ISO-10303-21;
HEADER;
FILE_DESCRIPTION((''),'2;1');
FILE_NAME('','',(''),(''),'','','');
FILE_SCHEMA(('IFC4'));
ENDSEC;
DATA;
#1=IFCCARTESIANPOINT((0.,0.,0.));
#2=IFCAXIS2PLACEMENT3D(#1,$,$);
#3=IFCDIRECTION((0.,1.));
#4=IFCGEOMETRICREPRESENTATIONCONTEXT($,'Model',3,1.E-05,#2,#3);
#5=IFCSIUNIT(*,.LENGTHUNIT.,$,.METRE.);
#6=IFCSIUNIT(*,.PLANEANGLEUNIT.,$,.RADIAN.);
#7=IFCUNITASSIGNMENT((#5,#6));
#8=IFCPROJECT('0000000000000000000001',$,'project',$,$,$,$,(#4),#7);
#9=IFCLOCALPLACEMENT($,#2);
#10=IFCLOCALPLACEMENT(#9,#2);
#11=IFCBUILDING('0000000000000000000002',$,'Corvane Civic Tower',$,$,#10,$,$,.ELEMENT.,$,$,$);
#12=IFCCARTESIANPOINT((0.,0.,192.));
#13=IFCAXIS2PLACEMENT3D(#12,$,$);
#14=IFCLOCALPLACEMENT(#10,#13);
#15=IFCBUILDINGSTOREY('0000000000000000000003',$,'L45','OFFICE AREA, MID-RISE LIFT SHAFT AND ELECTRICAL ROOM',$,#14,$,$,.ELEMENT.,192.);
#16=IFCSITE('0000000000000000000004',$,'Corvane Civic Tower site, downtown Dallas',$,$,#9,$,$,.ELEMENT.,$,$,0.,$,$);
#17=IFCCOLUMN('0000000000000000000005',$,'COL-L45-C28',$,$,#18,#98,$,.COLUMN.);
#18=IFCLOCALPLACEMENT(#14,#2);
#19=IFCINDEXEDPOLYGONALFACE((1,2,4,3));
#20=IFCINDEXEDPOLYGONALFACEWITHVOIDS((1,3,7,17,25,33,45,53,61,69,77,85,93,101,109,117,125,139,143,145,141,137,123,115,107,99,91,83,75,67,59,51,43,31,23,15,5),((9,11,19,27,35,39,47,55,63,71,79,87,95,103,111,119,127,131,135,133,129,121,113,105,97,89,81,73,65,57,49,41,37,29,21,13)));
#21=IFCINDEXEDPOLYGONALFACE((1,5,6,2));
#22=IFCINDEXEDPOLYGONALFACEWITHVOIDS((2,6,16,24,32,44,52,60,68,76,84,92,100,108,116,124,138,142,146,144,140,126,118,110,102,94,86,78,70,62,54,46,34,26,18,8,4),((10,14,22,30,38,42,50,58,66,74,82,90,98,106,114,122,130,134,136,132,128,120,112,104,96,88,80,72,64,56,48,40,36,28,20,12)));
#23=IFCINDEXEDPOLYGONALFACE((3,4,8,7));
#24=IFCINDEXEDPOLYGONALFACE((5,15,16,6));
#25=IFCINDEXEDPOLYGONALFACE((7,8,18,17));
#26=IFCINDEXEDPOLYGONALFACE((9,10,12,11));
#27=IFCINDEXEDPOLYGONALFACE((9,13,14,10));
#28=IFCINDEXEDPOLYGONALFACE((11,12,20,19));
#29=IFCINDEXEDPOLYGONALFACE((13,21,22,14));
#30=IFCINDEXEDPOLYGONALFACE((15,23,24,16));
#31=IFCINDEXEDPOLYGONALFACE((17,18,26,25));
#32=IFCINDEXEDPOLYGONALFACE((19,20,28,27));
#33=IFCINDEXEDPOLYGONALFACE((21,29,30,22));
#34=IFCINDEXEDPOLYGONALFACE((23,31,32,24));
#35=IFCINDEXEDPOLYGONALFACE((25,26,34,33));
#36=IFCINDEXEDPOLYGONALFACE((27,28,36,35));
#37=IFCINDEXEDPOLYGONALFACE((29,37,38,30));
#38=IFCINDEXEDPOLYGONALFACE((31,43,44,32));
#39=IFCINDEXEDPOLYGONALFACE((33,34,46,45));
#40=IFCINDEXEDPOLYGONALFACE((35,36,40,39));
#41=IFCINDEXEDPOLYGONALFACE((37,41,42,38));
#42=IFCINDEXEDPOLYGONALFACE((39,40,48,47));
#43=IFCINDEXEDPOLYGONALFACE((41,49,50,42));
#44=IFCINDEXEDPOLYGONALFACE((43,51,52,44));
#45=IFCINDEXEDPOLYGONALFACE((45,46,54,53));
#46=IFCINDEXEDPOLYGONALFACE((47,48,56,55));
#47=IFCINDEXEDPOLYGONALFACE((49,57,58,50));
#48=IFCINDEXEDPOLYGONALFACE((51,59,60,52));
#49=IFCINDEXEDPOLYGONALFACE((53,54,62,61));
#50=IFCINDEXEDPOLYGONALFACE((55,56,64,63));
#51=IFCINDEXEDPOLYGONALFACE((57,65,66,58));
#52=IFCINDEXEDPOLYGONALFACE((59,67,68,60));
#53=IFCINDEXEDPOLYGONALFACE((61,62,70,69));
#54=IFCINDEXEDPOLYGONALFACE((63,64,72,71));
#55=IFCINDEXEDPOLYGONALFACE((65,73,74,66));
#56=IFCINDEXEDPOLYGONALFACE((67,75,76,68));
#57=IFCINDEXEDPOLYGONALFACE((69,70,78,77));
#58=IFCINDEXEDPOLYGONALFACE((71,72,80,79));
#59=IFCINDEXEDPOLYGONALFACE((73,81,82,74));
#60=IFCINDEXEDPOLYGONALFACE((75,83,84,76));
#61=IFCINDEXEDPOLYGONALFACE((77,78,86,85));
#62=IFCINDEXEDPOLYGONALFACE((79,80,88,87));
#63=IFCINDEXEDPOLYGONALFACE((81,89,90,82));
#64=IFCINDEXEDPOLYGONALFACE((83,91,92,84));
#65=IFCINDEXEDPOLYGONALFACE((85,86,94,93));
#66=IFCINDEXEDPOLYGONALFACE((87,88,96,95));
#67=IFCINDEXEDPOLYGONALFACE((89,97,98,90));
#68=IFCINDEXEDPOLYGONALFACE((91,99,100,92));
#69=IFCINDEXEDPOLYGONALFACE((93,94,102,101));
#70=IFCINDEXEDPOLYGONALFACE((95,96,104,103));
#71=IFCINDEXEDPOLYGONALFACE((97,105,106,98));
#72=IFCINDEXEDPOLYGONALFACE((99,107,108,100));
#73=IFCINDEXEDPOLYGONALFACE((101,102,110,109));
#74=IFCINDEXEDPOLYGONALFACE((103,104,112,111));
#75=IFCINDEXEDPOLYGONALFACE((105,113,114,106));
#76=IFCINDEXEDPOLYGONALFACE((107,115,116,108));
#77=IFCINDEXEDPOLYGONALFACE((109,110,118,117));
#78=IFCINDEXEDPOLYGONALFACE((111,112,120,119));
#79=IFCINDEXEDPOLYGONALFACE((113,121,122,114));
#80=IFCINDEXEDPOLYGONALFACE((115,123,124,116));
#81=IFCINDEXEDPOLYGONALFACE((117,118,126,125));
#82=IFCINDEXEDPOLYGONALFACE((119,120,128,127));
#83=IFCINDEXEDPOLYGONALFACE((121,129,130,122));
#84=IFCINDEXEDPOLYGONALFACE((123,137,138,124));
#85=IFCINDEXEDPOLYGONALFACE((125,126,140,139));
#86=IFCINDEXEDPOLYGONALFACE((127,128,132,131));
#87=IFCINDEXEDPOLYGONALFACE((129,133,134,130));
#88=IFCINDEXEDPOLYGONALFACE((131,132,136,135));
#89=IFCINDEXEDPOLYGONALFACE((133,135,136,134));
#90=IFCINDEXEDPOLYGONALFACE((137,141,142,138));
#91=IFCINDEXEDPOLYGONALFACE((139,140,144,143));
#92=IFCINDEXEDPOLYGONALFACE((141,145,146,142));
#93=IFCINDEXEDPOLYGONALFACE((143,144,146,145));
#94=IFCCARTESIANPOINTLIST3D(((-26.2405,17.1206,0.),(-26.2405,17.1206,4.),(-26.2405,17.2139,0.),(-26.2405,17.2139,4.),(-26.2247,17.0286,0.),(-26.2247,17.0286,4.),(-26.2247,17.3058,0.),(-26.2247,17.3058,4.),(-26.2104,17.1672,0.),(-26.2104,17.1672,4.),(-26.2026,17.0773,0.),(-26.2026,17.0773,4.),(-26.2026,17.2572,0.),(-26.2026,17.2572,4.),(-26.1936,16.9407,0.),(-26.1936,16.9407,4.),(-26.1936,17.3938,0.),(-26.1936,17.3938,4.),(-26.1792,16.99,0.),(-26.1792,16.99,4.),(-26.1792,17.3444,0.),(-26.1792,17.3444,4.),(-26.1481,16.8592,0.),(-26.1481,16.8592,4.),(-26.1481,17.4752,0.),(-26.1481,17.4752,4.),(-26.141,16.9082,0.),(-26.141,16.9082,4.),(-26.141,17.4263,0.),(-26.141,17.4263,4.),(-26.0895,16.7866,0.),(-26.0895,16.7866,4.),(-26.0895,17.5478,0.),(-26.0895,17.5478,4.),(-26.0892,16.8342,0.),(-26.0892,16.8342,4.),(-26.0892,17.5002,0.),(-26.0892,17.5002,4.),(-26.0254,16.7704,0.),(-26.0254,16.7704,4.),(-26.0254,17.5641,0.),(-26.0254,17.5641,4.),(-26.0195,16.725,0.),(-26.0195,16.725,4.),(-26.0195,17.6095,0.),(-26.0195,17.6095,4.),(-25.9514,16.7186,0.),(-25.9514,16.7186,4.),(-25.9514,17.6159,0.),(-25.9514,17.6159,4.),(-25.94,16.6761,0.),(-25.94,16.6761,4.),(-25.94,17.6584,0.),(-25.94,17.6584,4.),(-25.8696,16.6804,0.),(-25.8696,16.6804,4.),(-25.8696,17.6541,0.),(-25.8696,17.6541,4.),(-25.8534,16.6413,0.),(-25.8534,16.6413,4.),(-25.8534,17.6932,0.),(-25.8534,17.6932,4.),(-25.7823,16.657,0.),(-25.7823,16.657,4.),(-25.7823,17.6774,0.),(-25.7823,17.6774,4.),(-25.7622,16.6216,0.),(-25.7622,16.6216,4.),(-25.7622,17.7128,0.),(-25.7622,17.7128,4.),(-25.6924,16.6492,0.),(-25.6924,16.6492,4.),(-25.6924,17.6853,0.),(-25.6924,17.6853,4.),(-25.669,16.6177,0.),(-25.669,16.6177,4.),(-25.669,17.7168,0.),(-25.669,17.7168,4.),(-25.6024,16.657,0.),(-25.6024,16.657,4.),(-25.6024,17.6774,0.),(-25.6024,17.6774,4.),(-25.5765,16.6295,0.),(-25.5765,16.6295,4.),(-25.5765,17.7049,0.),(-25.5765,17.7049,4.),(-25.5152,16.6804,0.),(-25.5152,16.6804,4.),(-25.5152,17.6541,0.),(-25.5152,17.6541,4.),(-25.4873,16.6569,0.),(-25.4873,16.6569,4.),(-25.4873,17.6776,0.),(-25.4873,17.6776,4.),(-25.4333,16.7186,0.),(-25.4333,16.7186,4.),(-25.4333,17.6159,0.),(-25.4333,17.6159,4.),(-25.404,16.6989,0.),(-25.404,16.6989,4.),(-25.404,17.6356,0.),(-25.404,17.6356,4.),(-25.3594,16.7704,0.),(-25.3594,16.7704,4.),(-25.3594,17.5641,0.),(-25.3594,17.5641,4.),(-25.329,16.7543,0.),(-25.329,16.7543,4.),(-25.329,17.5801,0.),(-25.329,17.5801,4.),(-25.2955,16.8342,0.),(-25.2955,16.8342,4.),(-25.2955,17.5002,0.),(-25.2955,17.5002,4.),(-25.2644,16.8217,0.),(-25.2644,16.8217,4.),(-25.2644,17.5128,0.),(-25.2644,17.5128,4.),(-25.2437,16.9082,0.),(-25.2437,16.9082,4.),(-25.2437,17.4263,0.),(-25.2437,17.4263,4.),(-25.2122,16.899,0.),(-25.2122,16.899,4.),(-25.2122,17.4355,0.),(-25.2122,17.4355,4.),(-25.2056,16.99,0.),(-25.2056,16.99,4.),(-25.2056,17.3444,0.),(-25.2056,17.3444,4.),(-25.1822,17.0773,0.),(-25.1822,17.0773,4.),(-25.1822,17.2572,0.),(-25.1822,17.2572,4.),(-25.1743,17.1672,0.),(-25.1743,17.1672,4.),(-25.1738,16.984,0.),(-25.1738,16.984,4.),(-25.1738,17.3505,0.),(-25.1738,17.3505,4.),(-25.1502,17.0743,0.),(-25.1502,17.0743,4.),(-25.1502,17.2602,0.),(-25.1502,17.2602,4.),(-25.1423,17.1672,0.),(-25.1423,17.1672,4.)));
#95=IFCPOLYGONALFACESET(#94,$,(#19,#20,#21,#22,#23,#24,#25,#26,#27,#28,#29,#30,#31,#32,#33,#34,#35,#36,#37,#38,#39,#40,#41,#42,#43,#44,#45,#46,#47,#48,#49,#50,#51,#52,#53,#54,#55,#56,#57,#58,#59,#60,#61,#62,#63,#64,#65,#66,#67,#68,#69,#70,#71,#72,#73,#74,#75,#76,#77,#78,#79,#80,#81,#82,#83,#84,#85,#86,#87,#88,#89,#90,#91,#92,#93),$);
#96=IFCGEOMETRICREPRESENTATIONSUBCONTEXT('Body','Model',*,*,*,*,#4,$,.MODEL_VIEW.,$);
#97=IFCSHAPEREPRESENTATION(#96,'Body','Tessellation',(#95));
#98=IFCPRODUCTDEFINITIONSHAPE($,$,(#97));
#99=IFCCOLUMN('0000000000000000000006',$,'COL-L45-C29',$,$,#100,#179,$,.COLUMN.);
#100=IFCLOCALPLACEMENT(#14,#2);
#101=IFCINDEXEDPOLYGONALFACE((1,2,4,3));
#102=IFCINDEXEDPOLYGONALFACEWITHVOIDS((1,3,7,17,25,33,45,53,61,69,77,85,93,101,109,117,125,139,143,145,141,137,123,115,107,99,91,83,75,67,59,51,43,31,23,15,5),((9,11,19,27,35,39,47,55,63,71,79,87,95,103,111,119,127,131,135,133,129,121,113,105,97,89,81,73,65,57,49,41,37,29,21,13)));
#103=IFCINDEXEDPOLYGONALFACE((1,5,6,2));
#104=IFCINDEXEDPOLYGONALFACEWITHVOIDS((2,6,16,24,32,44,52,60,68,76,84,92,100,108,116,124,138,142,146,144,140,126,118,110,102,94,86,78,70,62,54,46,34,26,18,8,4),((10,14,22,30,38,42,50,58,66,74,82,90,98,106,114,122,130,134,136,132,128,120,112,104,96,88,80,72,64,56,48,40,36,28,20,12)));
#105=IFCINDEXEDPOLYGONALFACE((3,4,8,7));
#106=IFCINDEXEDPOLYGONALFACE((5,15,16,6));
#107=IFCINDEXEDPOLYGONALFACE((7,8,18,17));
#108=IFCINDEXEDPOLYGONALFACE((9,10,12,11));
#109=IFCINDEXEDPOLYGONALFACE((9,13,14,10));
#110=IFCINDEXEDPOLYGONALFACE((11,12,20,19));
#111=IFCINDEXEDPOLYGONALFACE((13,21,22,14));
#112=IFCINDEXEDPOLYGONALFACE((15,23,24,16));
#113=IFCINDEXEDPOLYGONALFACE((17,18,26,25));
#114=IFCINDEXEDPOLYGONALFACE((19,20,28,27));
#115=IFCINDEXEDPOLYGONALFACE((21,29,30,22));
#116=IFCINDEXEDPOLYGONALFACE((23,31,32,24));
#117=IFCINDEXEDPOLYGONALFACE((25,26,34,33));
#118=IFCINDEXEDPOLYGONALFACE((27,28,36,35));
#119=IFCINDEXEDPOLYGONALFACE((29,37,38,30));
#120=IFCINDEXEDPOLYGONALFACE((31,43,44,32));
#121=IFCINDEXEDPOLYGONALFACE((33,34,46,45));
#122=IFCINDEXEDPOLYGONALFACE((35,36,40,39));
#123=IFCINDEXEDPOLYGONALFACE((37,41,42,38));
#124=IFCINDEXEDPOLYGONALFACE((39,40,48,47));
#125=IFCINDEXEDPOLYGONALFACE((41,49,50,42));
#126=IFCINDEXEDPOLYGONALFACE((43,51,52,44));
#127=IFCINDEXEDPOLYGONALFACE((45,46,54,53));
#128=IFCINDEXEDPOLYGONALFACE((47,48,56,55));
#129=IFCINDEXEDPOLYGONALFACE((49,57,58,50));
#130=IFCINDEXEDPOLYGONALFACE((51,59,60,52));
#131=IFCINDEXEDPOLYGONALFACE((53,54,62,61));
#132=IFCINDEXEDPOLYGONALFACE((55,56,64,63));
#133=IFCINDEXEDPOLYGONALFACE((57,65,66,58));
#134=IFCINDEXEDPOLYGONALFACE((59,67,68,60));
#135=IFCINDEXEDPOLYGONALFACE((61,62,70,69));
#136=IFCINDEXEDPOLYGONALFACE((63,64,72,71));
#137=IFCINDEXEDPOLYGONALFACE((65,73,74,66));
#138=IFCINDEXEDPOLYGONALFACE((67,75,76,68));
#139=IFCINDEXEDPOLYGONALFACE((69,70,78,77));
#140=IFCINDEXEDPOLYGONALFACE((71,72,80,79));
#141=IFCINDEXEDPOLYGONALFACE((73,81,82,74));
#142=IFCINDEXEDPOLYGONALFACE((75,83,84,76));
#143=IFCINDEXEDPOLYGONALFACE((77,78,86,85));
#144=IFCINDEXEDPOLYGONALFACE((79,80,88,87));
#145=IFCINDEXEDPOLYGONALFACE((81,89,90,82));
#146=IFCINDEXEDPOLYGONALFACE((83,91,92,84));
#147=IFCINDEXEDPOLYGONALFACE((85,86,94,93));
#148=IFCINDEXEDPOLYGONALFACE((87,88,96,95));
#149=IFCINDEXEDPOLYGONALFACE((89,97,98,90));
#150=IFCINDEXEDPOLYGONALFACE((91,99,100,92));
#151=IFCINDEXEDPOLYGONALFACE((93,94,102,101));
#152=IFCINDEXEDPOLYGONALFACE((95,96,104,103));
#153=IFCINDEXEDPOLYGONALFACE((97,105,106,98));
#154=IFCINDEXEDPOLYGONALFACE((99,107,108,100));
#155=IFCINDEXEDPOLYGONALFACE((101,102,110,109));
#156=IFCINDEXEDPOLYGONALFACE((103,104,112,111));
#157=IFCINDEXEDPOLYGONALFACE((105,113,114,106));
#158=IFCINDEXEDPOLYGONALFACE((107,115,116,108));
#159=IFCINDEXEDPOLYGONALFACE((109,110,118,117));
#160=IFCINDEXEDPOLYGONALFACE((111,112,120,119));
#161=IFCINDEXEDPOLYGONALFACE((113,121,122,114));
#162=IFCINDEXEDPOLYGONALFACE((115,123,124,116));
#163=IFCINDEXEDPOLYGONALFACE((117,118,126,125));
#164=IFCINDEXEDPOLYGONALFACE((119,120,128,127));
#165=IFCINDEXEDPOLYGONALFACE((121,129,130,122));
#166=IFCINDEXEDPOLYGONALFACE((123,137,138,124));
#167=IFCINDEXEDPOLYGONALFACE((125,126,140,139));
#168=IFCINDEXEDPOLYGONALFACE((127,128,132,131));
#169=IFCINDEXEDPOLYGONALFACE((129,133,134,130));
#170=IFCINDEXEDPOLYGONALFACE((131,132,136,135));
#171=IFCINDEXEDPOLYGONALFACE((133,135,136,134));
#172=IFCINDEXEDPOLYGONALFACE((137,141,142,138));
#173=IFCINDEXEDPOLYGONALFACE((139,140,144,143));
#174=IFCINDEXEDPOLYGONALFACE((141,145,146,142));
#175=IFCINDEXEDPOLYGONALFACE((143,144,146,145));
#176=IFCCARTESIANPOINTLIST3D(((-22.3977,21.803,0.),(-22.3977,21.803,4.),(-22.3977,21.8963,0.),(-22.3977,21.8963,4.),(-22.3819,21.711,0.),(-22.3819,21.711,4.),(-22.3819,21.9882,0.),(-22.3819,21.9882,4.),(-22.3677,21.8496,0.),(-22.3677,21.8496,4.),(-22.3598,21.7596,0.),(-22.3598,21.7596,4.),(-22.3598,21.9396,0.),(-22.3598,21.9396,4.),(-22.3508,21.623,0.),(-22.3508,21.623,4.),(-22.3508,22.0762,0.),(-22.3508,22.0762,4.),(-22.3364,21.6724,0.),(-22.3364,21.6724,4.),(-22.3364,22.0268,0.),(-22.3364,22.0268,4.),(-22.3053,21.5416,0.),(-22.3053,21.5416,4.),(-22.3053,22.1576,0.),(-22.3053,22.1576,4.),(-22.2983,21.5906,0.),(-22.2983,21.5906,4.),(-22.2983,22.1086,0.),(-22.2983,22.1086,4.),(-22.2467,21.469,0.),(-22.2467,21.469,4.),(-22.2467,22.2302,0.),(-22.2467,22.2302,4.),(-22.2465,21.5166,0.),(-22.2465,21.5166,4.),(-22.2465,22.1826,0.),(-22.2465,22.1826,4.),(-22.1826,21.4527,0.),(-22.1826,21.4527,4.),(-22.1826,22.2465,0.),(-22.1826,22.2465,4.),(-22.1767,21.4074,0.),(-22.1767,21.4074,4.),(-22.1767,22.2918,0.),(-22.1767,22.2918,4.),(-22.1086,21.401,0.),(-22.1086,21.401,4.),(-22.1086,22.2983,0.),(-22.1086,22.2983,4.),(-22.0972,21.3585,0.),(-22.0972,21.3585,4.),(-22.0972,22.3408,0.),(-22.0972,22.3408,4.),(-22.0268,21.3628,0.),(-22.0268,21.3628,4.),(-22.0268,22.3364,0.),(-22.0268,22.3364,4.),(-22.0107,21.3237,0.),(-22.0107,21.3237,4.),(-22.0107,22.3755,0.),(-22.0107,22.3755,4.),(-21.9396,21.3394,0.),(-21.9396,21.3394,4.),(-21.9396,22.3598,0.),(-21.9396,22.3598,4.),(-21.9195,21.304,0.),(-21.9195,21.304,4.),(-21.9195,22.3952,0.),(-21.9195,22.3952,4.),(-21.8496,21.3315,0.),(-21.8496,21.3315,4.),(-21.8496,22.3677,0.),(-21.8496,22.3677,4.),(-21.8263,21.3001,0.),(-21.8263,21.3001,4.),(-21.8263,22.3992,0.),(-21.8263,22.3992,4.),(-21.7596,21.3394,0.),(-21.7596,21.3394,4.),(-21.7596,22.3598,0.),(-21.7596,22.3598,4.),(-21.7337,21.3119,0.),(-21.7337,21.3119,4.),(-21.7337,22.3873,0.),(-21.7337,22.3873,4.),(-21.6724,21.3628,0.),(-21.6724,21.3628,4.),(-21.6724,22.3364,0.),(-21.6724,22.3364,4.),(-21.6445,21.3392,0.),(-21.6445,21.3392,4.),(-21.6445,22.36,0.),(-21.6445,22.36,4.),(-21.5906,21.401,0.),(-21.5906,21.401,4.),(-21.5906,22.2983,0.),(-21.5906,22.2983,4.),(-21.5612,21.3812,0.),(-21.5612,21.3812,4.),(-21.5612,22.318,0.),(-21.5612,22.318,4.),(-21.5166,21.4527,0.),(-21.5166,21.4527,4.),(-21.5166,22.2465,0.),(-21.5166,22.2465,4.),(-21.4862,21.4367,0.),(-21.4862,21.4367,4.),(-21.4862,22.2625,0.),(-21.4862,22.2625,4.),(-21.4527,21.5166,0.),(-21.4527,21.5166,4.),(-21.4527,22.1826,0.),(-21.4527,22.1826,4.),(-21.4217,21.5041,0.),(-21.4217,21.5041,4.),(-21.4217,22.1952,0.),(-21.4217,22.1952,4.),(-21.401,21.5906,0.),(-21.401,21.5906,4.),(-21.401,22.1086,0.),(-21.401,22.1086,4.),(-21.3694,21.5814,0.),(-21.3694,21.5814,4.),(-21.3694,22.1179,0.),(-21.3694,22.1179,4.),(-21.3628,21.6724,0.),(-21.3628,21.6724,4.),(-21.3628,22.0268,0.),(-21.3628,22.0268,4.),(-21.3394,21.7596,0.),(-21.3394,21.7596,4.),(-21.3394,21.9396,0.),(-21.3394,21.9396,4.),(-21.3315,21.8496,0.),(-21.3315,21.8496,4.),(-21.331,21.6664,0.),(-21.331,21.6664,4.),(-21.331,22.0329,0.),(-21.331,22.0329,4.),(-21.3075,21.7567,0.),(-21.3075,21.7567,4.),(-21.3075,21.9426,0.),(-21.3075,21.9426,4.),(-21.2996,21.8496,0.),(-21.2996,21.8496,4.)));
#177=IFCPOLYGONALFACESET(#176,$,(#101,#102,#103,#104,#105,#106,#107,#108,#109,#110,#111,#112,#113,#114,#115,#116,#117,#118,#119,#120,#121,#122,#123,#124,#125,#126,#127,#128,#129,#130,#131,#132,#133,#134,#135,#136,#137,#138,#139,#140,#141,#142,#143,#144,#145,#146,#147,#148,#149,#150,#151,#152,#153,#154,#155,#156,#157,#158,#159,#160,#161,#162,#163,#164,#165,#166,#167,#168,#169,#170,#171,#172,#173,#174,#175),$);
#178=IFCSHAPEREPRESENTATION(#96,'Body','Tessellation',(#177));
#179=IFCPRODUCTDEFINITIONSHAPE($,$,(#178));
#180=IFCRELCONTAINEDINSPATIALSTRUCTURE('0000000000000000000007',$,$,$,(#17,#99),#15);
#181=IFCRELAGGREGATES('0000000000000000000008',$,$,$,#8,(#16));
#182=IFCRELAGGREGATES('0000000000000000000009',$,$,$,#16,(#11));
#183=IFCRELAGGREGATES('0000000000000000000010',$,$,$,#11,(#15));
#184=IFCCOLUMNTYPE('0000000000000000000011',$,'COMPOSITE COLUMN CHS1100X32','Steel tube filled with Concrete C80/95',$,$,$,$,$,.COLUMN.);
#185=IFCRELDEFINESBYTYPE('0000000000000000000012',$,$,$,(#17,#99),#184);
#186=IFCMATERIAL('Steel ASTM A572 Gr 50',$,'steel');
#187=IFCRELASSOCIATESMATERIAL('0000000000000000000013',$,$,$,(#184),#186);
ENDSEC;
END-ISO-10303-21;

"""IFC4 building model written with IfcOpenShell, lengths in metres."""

from ifc_helpers import new_model, si_unit, direction, frame, origin, origin_2d, place, context, subcontext, project, spatial, hollow_circle, extrude, material, material_profile, profile_set, type_object, element, save


model = new_model("IFC4")

# Units and contexts
model_context = context("Model", 3, precision=1e-05, world=origin(), true_north=direction((0.0, 1.0)))
body_context = subcontext(model_context, "Body", "Model", "MODEL_VIEW")
ifc_project = project(units=[si_unit("LENGTHUNIT", "METRE"), si_unit("PLANEANGLEUNIT", "RADIAN")], contexts=[model_context])

# Site, building, storey
site_placement = place(None, origin())
site = spatial("IfcSite", under=ifc_project, at=site_placement, Name="Corvane Civic Tower site, downtown Dallas", CompositionType="ELEMENT", RefElevation=0.0)
building_placement = place(site_placement, origin())
building = spatial("IfcBuilding", under=site, at=building_placement, Name="Corvane Civic Tower", CompositionType="ELEMENT")
storey_placement = place(building_placement, frame((0.0, 0.0, 192.0)))
storey = spatial("IfcBuildingStorey", under=building, at=storey_placement, Name="L45", Description="OFFICE AREA, MID-RISE LIFT SHAFT AND ELECTRICAL ROOM", CompositionType="ELEMENT", Elevation=192.0)

# Columns
ifc_material_1 = material(Name="Steel ASTM A572 Gr 50", Category="steel")
ifc_material_profile_1 = material_profile(ifc_material_1, hollow_circle(Radius=0.55, WallThickness=0.032, at=origin_2d()), Name="CHS1100X32")
ifc_profile_set_1 = profile_set([ifc_material_profile_1], Name="Steel ASTM A572 Gr 50")
column_type = type_object("IfcColumnType", Name="COMPOSITE COLUMN CHS1100X32", Description="Steel tube filled with Concrete C80/95", PredefinedType="COLUMN", material=ifc_profile_set_1)
for number, where, z_axis, x_axis, name in (
    (1, (-25.6924, 17.1672, 0.0), (0.0, 0.0, 1.0), (1.0, 0.0, 0.0), "COL-L45-C28"),
    (2, (-21.8496, 21.8496, 0.0), (0.0, 0.0, 1.0), (1.0, 0.0, 0.0), "COL-L45-C29"),
):
    element("IfcColumn", number, at=place(storey_placement, frame(where, z_axis=z_axis, x_axis=x_axis)), inside=storey, type_object=column_type, Name=name, PredefinedType="COLUMN", context=body_context, shape_type="SweptSolid", body=[
        extrude(hollow_circle(Radius=0.55, WallThickness=0.032, at=origin_2d()), origin(), (0.0, 0.0, 1.0), 4.0),
    ])

save(model, "model.ifc")
